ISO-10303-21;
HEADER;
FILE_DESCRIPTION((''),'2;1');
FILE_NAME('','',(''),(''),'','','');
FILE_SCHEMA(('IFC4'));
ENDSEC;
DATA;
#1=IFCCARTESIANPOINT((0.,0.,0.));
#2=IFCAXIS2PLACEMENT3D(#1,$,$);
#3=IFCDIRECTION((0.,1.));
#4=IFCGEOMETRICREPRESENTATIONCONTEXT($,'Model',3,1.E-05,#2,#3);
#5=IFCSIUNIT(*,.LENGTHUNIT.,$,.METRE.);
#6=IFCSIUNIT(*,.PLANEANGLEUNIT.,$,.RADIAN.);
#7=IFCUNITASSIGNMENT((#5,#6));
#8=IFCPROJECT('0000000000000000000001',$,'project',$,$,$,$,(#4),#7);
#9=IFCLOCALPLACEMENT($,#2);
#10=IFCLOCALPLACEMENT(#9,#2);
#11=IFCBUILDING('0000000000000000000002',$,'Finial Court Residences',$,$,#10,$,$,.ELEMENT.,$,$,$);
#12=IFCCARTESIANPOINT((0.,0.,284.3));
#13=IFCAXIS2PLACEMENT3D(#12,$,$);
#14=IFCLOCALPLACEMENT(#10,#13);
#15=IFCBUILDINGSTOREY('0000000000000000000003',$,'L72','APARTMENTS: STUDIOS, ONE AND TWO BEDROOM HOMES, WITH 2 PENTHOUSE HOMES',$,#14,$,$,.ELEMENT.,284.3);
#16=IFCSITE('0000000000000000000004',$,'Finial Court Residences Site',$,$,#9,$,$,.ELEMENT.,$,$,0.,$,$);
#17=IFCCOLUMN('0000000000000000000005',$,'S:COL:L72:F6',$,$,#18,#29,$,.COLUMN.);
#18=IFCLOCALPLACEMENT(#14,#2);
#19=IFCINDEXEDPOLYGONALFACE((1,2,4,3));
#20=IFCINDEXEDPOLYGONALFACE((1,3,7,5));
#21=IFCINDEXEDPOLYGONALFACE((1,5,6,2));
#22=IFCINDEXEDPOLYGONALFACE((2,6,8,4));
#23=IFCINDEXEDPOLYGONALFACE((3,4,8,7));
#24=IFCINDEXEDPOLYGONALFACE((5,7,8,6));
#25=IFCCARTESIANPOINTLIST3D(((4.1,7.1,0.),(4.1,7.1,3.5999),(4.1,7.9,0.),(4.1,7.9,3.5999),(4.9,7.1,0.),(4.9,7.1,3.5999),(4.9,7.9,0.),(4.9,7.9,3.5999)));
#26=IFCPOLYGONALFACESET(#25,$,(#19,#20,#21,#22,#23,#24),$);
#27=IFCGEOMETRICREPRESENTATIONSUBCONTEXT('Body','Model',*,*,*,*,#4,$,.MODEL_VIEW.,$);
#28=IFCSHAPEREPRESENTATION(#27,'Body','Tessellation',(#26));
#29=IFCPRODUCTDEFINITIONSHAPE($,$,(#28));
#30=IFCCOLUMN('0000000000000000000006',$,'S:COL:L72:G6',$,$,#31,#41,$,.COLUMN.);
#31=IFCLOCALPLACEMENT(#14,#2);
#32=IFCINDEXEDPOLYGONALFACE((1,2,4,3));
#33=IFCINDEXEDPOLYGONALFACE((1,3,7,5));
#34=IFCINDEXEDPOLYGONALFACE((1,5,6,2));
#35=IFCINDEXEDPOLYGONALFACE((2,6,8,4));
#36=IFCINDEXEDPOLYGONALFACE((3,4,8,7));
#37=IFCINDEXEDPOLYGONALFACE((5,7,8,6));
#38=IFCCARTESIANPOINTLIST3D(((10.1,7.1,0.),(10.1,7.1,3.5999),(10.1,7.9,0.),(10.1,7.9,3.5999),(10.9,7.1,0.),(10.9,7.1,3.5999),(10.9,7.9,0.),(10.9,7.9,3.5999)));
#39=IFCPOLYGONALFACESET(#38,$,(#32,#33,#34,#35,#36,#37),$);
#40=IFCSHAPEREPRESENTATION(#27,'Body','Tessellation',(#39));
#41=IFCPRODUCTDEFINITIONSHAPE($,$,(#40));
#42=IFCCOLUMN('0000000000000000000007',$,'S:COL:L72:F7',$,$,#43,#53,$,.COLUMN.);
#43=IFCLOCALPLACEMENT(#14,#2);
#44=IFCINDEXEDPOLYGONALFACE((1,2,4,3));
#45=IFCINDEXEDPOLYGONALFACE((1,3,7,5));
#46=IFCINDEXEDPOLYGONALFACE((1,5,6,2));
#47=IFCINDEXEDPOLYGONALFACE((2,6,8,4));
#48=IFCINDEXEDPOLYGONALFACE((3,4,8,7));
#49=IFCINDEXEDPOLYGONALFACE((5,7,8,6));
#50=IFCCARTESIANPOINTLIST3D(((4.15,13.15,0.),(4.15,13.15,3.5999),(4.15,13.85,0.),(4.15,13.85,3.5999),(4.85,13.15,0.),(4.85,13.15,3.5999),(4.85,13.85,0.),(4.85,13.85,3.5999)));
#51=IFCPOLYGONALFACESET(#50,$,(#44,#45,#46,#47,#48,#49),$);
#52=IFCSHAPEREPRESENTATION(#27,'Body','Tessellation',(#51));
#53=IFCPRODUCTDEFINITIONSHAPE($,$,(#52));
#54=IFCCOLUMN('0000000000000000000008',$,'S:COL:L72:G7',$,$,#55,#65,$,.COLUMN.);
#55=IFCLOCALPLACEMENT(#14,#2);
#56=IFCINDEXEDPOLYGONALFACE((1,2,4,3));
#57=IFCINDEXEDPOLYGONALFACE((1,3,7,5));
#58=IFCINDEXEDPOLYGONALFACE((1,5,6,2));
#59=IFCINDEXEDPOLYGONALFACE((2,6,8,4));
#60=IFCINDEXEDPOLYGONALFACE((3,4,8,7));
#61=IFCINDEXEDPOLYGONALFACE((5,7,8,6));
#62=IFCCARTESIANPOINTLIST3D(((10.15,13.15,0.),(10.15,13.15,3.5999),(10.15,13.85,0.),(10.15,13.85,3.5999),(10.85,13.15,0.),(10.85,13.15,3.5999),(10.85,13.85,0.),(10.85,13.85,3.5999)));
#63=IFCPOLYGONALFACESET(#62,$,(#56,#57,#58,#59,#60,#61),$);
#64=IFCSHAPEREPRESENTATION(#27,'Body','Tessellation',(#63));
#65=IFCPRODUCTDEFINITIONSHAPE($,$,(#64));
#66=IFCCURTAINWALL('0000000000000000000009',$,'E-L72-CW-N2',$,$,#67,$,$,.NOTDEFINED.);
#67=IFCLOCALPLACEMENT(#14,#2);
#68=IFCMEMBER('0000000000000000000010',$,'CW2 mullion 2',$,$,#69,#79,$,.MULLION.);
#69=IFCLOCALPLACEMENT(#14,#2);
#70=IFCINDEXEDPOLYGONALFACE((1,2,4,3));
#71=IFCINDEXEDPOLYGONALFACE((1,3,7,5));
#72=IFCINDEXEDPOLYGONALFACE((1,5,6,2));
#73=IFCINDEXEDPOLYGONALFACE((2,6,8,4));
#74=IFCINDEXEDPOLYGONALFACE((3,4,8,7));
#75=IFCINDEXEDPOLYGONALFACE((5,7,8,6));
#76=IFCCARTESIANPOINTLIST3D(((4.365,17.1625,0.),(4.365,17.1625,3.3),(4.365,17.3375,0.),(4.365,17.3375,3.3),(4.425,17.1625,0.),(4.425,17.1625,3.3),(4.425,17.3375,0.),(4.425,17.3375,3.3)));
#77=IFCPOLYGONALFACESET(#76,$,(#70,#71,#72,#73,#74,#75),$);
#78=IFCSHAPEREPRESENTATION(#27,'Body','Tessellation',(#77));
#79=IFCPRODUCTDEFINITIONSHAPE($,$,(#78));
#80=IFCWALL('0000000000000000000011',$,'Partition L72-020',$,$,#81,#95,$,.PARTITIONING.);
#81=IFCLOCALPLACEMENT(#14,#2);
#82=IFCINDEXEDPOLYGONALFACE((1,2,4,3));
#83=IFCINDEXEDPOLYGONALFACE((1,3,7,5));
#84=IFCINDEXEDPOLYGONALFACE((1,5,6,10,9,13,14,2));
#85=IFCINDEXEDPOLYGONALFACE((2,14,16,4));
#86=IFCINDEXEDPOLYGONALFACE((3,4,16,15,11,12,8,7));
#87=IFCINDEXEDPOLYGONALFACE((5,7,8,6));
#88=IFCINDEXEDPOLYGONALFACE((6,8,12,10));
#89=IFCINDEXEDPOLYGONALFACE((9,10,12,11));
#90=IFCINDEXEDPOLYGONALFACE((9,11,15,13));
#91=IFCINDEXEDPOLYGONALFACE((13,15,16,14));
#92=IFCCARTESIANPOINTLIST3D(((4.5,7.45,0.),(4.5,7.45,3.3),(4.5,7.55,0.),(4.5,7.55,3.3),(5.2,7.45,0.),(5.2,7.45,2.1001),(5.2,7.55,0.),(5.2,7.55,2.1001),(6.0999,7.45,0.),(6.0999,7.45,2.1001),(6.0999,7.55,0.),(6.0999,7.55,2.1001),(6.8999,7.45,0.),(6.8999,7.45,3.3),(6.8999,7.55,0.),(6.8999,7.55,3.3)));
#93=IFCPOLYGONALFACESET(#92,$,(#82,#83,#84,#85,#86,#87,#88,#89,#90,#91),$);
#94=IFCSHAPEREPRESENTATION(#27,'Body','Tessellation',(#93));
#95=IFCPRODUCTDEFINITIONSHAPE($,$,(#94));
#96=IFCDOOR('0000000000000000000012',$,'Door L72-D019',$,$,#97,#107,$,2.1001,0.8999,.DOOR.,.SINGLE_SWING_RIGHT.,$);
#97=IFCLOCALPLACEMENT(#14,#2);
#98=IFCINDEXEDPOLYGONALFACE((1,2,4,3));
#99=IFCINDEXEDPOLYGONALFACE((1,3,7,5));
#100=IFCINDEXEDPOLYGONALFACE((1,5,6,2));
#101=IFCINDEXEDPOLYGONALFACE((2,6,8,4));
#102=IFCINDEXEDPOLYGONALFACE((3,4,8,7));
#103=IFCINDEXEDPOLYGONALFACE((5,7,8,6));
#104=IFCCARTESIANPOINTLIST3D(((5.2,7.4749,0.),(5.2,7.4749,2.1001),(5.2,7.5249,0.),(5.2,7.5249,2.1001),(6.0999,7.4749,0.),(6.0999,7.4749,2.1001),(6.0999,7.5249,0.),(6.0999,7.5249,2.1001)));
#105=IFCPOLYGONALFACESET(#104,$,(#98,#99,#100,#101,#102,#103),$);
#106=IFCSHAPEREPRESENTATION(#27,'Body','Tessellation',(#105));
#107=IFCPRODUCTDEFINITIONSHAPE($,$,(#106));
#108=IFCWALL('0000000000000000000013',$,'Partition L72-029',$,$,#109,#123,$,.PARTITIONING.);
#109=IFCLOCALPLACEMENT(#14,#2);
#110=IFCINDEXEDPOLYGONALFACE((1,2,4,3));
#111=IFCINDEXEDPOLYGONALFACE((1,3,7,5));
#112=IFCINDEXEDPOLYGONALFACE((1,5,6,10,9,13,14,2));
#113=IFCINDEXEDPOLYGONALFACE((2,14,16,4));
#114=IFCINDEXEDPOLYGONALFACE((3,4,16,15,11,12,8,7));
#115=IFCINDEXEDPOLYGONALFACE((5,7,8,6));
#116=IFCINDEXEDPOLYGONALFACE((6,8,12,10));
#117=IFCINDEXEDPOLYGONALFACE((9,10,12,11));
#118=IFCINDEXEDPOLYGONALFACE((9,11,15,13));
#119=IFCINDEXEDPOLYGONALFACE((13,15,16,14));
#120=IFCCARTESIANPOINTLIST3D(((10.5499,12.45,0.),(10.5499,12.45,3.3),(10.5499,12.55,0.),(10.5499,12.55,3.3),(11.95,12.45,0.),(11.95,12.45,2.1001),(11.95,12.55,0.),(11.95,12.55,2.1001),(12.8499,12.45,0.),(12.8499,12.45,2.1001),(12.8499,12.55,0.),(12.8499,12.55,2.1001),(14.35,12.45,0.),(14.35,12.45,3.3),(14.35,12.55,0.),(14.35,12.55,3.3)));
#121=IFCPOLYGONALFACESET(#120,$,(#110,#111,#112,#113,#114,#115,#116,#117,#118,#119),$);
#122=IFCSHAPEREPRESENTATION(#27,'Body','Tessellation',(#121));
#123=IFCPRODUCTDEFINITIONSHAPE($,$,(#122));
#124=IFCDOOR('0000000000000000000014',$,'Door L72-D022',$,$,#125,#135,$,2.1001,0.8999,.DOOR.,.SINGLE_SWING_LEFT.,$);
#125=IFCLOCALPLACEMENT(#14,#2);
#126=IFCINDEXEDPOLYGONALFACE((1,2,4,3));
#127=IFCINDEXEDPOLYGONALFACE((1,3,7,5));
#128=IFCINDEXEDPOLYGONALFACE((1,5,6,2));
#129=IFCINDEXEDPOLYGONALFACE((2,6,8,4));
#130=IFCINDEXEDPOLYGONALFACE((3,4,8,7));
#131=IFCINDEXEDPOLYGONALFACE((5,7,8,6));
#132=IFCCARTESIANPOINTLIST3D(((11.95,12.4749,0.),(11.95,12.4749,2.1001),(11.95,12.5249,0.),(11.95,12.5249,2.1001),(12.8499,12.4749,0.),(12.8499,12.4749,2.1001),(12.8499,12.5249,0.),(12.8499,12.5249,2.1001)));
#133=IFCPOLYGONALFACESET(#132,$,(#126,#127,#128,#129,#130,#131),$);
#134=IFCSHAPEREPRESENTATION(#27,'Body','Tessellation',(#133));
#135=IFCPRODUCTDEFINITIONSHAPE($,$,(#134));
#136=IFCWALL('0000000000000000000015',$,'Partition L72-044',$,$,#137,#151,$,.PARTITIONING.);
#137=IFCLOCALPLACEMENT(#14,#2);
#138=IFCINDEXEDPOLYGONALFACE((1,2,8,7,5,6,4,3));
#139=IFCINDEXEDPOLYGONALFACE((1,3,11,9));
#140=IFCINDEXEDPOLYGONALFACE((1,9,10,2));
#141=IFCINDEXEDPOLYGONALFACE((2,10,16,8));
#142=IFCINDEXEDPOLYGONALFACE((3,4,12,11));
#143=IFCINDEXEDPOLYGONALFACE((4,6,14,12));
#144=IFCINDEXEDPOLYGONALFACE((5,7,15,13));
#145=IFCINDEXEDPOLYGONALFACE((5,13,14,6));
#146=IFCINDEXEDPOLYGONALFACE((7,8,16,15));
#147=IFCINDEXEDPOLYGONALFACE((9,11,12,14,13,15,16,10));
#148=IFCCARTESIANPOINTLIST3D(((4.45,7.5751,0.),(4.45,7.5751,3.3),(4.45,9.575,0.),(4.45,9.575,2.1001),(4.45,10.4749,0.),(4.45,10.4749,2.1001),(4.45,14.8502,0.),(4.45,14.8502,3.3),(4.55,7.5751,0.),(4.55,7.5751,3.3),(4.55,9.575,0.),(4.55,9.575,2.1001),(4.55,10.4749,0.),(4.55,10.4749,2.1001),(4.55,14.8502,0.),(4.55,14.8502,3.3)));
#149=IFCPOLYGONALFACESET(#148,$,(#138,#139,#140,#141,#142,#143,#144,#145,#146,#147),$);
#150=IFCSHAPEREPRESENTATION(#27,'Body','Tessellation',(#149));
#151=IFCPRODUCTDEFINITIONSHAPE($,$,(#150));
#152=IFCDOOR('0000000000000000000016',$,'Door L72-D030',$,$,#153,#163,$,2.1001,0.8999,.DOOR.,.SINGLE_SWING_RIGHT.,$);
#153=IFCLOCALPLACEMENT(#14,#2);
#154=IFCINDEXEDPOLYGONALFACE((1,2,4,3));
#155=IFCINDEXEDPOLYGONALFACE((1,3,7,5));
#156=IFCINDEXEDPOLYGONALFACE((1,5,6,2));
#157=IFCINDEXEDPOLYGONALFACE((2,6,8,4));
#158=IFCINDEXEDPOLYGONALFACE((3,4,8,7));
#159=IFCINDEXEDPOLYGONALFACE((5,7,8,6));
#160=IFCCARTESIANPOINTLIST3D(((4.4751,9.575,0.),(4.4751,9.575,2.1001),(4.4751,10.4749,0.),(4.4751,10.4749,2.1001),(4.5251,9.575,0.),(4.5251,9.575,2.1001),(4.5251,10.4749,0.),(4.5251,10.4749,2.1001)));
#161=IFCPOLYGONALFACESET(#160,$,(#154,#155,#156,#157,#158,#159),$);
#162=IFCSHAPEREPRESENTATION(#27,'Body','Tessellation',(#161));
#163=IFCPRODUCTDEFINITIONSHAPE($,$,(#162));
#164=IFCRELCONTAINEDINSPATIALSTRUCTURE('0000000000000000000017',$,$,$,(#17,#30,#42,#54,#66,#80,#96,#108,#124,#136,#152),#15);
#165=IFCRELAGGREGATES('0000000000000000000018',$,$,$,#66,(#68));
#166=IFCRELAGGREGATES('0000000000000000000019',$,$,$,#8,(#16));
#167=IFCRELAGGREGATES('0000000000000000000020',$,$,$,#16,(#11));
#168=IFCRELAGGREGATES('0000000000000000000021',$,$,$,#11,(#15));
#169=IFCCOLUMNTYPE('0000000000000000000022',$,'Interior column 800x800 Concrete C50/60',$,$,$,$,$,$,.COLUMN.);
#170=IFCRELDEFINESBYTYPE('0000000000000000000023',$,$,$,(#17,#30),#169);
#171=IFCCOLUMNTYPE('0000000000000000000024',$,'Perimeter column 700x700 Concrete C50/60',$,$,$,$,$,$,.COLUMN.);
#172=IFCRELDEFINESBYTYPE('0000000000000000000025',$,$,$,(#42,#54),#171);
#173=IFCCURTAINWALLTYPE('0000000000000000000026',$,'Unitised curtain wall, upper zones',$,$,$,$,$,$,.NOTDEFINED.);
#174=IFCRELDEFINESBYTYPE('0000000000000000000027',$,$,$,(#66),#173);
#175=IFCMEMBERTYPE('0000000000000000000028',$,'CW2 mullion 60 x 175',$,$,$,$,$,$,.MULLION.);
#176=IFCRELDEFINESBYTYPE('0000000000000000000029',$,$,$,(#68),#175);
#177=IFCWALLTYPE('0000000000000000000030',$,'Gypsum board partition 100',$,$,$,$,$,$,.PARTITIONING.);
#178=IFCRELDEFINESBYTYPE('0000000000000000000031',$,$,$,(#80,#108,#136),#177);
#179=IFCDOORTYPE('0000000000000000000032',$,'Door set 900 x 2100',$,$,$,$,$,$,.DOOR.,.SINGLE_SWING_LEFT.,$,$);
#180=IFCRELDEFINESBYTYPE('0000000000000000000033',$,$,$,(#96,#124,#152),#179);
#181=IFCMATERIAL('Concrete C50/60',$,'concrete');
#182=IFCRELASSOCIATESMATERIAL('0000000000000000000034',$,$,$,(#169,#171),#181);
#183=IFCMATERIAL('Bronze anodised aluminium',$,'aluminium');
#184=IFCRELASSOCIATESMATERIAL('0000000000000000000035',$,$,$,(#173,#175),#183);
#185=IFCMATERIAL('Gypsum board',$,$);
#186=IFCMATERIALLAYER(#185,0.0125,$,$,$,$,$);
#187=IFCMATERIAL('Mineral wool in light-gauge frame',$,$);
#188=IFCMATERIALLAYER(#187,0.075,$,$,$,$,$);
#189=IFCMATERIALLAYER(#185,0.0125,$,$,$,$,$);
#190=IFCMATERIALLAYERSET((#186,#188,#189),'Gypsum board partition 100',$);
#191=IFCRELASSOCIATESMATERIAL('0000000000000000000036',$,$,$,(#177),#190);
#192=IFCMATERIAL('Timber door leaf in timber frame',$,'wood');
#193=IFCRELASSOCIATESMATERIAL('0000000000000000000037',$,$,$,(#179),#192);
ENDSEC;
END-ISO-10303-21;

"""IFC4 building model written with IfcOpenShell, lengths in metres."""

from ifc_helpers import new_model, si_unit, direction, frame, frame_2d, origin, origin_2d, place, context, subcontext, project, spatial, rectangle, extrude, material, layer, layer_set, material_profile, profile_set, type_object, element, fill, aggregate, save


model = new_model("IFC4")

# Units and contexts
model_context = context("Model", 3, precision=1e-05, world=origin(), true_north=direction((0.0, 1.0)))
body_context = subcontext(model_context, "Body", "Model", "MODEL_VIEW")
ifc_project = project(units=[si_unit("LENGTHUNIT", "METRE"), si_unit("PLANEANGLEUNIT", "RADIAN")], contexts=[model_context])

# Site, building, storey
site_placement = place(None, origin())
site = spatial("IfcSite", under=ifc_project, at=site_placement, Name="Finial Court Residences Site", CompositionType="ELEMENT", RefElevation=0.0)
building_placement = place(site_placement, origin())
building = spatial("IfcBuilding", under=site, at=building_placement, Name="Finial Court Residences", CompositionType="ELEMENT")
storey_placement = place(building_placement, frame((0.0, 0.0, 284.3)))
storey = spatial("IfcBuildingStorey", under=building, at=storey_placement, Name="L72", Description="APARTMENTS: STUDIOS, ONE AND TWO BEDROOM HOMES, WITH 2 PENTHOUSE HOMES", CompositionType="ELEMENT", Elevation=284.3)

# Columns
ifc_material_1 = material(Name="Concrete C50/60", Category="concrete")
ifc_material_profile_1 = material_profile(ifc_material_1, rectangle(XDim=0.8, YDim=0.8, at=origin_2d()), Name="800x800")
ifc_profile_set_1 = profile_set([ifc_material_profile_1], Name="Concrete C50/60")
column_type_1 = type_object("IfcColumnType", Name="Interior column 800x800 Concrete C50/60", PredefinedType="COLUMN", material=ifc_profile_set_1)
for number, where, z_axis, x_axis, name in (
    (1, (4.5, 7.5, 0.0), (0.0, 0.0, 1.0), (1.0, 0.0, 0.0), "S:COL:L72:F6"),
    (2, (10.5, 7.5, 0.0), (0.0, 0.0, 1.0), (1.0, 0.0, 0.0), "S:COL:L72:G6"),
):
    element("IfcColumn", number, at=place(storey_placement, frame(where, z_axis=z_axis, x_axis=x_axis)), inside=storey, type_object=column_type_1, Name=name, PredefinedType="COLUMN", context=body_context, shape_type="SweptSolid", body=[
        extrude(rectangle(XDim=0.8, YDim=0.8, at=origin_2d()), origin(), (0.0, 0.0, 1.0), 3.5999),
    ])
ifc_material_profile_2 = material_profile(ifc_material_1, rectangle(XDim=0.7, YDim=0.7, at=origin_2d()), Name="700x700")
ifc_profile_set_2 = profile_set([ifc_material_profile_2], Name="Concrete C50/60")
column_type_2 = type_object("IfcColumnType", Name="Perimeter column 700x700 Concrete C50/60", PredefinedType="COLUMN", material=ifc_profile_set_2)
for number, where, z_axis, x_axis, name in (
    (3, (4.5, 13.5, 0.0), (0.0, 0.0, 1.0), (1.0, 0.0, 0.0), "S:COL:L72:F7"),
    (4, (10.5, 13.5, 0.0), (0.0, 0.0, 1.0), (1.0, 0.0, 0.0), "S:COL:L72:G7"),
):
    element("IfcColumn", number, at=place(storey_placement, frame(where, z_axis=z_axis, x_axis=x_axis)), inside=storey, type_object=column_type_2, Name=name, PredefinedType="COLUMN", context=body_context, shape_type="SweptSolid", body=[
        extrude(rectangle(XDim=0.7, YDim=0.7, at=origin_2d()), origin(), (0.0, 0.0, 1.0), 3.5999),
    ])

# Curtain wall, member
ifc_material_2 = material(Name="Bronze anodised aluminium", Category="aluminium")
curtain_wall_type = type_object("IfcCurtainWallType", Name="Unitised curtain wall, upper zones", PredefinedType="NOTDEFINED", material=ifc_material_2)
curtain_wall_placement = place(storey_placement, origin())
curtain_wall = element("IfcCurtainWall", 5, at=curtain_wall_placement, inside=storey, type_object=curtain_wall_type, Name="E-L72-CW-N2", PredefinedType="NOTDEFINED")
ifc_material_profile_3 = material_profile(ifc_material_2, rectangle(XDim=0.175, YDim=0.0601, at=origin_2d()), Name="CW2 mullion 60 x 175")
ifc_profile_set_3 = profile_set([ifc_material_profile_3], Name="Bronze anodised aluminium")
member_type = type_object("IfcMemberType", Name="CW2 mullion 60 x 175", PredefinedType="MULLION", material=ifc_profile_set_3)
member_placement = place(storey_placement, frame((4.395, 17.25, 0.0), z_axis=(0.0, 0.0, 1.0), x_axis=(0.0, 1.0, 0.0)))
member = element("IfcMember", 6, at=member_placement, type_object=member_type, Name="CW2 mullion 2", PredefinedType="MULLION", context=body_context, shape_type="SweptSolid", body=[
    extrude(rectangle(XDim=0.175, YDim=0.0601, at=origin_2d()), origin(), (0.0, 0.0, 1.0), 3.3),
])
aggregate(curtain_wall, [member])

# Walls, openings, doors
ifc_material_3 = material(Name="Gypsum board")
ifc_layer_1 = layer(ifc_material_3, 0.0125)
ifc_material_4 = material(Name="Mineral wool in light-gauge frame")
ifc_layer_2 = layer(ifc_material_4, 0.075)
ifc_layer_3 = layer(ifc_material_3, 0.0125)
ifc_layer_set_1 = layer_set([ifc_layer_1, ifc_layer_2, ifc_layer_3], Name="Gypsum board partition 100")
wall_type_1 = type_object("IfcWallType", Name="Gypsum board partition 100", PredefinedType="PARTITIONING", material=ifc_layer_set_1)
wall_1_placement = place(storey_placement, frame((4.5, 7.5, 0.0), z_axis=(0.0, 0.0, 1.0), x_axis=(1.0, 0.0, 0.0)))
wall_1 = element("IfcWall", 7, at=wall_1_placement, inside=storey, type_object=wall_type_1, Name="Partition L72-020", PredefinedType="PARTITIONING", context=body_context, shape_type="SweptSolid", body=[
    extrude(rectangle(XDim=2.3999, YDim=0.1001, at=frame_2d((1.2, 0.0))), origin(), (0.0, 0.0, 1.0), 3.3),
])
opening_1_placement = place(wall_1_placement, frame((0.7, 0.0, 0.0)))
opening_1 = element("IfcOpeningElement", 8, at=opening_1_placement, cuts=wall_1, PredefinedType="OPENING", context=body_context, shape_type="SweptSolid", body=[
    extrude(rectangle(XDim=0.8999, YDim=2.1001, at=frame_2d((0.45, 1.05))), frame((0.0, 0.0601, 0.0), z_axis=(0.0, -1.0, 0.0), x_axis=(1.0, 0.0, 0.0)), (0.0, 0.0, 1.0), 0.1201),
])
ifc_material_5 = material(Name="Timber door leaf in timber frame", Category="wood")
door_type_1 = type_object("IfcDoorType", Name="Door set 900 x 2100", OperationType="SINGLE_SWING_LEFT", PredefinedType="DOOR", material=ifc_material_5)
door_1_placement = place(opening_1_placement, origin())
door_1 = element("IfcDoor", 9, at=door_1_placement, inside=storey, type_object=door_type_1, Name="Door L72-D019", OperationType="SINGLE_SWING_RIGHT", OverallHeight=2.1001, OverallWidth=0.8999, PredefinedType="DOOR", context=body_context, shape_type="SweptSolid", body=[
    extrude(rectangle(XDim=0.8999, YDim=2.1001, at=frame_2d((0.45, 1.05))), frame((0.0, 0.0249, 0.0), z_axis=(0.0, -1.0, 0.0), x_axis=(1.0, 0.0, 0.0)), (0.0, 0.0, 1.0), 0.05),
])
fill(opening_1, door_1)
wall_2_placement = place(storey_placement, frame((10.55, 12.5, 0.0), z_axis=(0.0, 0.0, 1.0), x_axis=(1.0, 0.0, 0.0)))
wall_2 = element("IfcWall", 10, at=wall_2_placement, inside=storey, type_object=wall_type_1, Name="Partition L72-029", PredefinedType="PARTITIONING", context=body_context, shape_type="SweptSolid", body=[
    extrude(rectangle(XDim=3.8, YDim=0.1001, at=frame_2d((1.8999, 0.0))), origin(), (0.0, 0.0, 1.0), 3.3),
])
opening_2_placement = place(wall_2_placement, frame((1.3999, 0.0, 0.0)))
opening_2 = element("IfcOpeningElement", 11, at=opening_2_placement, cuts=wall_2, PredefinedType="OPENING", context=body_context, shape_type="SweptSolid", body=[
    extrude(rectangle(XDim=0.8999, YDim=2.1001, at=frame_2d((0.45, 1.05))), frame((0.0, 0.0601, 0.0), z_axis=(0.0, -1.0, 0.0), x_axis=(1.0, 0.0, 0.0)), (0.0, 0.0, 1.0), 0.1201),
])
door_2_placement = place(opening_2_placement, origin())
door_2 = element("IfcDoor", 12, at=door_2_placement, inside=storey, type_object=door_type_1, Name="Door L72-D022", OperationType="SINGLE_SWING_LEFT", OverallHeight=2.1001, OverallWidth=0.8999, PredefinedType="DOOR", context=body_context, shape_type="SweptSolid", body=[
    extrude(rectangle(XDim=0.8999, YDim=2.1001, at=frame_2d((0.45, 1.05))), frame((0.0, 0.0249, 0.0), z_axis=(0.0, -1.0, 0.0), x_axis=(1.0, 0.0, 0.0)), (0.0, 0.0, 1.0), 0.05),
])
fill(opening_2, door_2)
wall_3_placement = place(storey_placement, frame((4.5, 7.575, 0.0), z_axis=(0.0, 0.0, 1.0), x_axis=(0.0, 1.0, 0.0)))
wall_3 = element("IfcWall", 13, at=wall_3_placement, inside=storey, type_object=wall_type_1, Name="Partition L72-044", PredefinedType="PARTITIONING", context=body_context, shape_type="SweptSolid", body=[
    extrude(rectangle(XDim=7.2751, YDim=0.1001, at=frame_2d((3.6377, 0.0))), origin(), (0.0, 0.0, 1.0), 3.3),
])
opening_3_placement = place(wall_3_placement, frame((2.0, 0.0, 0.0)))
opening_3 = element("IfcOpeningElement", 14, at=opening_3_placement, cuts=wall_3, PredefinedType="OPENING", context=body_context, shape_type="SweptSolid", body=[
    extrude(rectangle(XDim=0.8999, YDim=2.1001, at=frame_2d((0.45, 1.05))), frame((0.0, 0.0601, 0.0), z_axis=(0.0, -1.0, 0.0), x_axis=(1.0, 0.0, 0.0)), (0.0, 0.0, 1.0), 0.1201),
])
door_3_placement = place(opening_3_placement, origin())
door_3 = element("IfcDoor", 15, at=door_3_placement, inside=storey, type_object=door_type_1, Name="Door L72-D030", OperationType="SINGLE_SWING_RIGHT", OverallHeight=2.1001, OverallWidth=0.8999, PredefinedType="DOOR", context=body_context, shape_type="SweptSolid", body=[
    extrude(rectangle(XDim=0.8999, YDim=2.1001, at=frame_2d((0.45, 1.05))), frame((0.0, 0.0249, 0.0), z_axis=(0.0, -1.0, 0.0), x_axis=(1.0, 0.0, 0.0)), (0.0, 0.0, 1.0), 0.05),
])
fill(opening_3, door_3)

save(model, "model.ifc")
